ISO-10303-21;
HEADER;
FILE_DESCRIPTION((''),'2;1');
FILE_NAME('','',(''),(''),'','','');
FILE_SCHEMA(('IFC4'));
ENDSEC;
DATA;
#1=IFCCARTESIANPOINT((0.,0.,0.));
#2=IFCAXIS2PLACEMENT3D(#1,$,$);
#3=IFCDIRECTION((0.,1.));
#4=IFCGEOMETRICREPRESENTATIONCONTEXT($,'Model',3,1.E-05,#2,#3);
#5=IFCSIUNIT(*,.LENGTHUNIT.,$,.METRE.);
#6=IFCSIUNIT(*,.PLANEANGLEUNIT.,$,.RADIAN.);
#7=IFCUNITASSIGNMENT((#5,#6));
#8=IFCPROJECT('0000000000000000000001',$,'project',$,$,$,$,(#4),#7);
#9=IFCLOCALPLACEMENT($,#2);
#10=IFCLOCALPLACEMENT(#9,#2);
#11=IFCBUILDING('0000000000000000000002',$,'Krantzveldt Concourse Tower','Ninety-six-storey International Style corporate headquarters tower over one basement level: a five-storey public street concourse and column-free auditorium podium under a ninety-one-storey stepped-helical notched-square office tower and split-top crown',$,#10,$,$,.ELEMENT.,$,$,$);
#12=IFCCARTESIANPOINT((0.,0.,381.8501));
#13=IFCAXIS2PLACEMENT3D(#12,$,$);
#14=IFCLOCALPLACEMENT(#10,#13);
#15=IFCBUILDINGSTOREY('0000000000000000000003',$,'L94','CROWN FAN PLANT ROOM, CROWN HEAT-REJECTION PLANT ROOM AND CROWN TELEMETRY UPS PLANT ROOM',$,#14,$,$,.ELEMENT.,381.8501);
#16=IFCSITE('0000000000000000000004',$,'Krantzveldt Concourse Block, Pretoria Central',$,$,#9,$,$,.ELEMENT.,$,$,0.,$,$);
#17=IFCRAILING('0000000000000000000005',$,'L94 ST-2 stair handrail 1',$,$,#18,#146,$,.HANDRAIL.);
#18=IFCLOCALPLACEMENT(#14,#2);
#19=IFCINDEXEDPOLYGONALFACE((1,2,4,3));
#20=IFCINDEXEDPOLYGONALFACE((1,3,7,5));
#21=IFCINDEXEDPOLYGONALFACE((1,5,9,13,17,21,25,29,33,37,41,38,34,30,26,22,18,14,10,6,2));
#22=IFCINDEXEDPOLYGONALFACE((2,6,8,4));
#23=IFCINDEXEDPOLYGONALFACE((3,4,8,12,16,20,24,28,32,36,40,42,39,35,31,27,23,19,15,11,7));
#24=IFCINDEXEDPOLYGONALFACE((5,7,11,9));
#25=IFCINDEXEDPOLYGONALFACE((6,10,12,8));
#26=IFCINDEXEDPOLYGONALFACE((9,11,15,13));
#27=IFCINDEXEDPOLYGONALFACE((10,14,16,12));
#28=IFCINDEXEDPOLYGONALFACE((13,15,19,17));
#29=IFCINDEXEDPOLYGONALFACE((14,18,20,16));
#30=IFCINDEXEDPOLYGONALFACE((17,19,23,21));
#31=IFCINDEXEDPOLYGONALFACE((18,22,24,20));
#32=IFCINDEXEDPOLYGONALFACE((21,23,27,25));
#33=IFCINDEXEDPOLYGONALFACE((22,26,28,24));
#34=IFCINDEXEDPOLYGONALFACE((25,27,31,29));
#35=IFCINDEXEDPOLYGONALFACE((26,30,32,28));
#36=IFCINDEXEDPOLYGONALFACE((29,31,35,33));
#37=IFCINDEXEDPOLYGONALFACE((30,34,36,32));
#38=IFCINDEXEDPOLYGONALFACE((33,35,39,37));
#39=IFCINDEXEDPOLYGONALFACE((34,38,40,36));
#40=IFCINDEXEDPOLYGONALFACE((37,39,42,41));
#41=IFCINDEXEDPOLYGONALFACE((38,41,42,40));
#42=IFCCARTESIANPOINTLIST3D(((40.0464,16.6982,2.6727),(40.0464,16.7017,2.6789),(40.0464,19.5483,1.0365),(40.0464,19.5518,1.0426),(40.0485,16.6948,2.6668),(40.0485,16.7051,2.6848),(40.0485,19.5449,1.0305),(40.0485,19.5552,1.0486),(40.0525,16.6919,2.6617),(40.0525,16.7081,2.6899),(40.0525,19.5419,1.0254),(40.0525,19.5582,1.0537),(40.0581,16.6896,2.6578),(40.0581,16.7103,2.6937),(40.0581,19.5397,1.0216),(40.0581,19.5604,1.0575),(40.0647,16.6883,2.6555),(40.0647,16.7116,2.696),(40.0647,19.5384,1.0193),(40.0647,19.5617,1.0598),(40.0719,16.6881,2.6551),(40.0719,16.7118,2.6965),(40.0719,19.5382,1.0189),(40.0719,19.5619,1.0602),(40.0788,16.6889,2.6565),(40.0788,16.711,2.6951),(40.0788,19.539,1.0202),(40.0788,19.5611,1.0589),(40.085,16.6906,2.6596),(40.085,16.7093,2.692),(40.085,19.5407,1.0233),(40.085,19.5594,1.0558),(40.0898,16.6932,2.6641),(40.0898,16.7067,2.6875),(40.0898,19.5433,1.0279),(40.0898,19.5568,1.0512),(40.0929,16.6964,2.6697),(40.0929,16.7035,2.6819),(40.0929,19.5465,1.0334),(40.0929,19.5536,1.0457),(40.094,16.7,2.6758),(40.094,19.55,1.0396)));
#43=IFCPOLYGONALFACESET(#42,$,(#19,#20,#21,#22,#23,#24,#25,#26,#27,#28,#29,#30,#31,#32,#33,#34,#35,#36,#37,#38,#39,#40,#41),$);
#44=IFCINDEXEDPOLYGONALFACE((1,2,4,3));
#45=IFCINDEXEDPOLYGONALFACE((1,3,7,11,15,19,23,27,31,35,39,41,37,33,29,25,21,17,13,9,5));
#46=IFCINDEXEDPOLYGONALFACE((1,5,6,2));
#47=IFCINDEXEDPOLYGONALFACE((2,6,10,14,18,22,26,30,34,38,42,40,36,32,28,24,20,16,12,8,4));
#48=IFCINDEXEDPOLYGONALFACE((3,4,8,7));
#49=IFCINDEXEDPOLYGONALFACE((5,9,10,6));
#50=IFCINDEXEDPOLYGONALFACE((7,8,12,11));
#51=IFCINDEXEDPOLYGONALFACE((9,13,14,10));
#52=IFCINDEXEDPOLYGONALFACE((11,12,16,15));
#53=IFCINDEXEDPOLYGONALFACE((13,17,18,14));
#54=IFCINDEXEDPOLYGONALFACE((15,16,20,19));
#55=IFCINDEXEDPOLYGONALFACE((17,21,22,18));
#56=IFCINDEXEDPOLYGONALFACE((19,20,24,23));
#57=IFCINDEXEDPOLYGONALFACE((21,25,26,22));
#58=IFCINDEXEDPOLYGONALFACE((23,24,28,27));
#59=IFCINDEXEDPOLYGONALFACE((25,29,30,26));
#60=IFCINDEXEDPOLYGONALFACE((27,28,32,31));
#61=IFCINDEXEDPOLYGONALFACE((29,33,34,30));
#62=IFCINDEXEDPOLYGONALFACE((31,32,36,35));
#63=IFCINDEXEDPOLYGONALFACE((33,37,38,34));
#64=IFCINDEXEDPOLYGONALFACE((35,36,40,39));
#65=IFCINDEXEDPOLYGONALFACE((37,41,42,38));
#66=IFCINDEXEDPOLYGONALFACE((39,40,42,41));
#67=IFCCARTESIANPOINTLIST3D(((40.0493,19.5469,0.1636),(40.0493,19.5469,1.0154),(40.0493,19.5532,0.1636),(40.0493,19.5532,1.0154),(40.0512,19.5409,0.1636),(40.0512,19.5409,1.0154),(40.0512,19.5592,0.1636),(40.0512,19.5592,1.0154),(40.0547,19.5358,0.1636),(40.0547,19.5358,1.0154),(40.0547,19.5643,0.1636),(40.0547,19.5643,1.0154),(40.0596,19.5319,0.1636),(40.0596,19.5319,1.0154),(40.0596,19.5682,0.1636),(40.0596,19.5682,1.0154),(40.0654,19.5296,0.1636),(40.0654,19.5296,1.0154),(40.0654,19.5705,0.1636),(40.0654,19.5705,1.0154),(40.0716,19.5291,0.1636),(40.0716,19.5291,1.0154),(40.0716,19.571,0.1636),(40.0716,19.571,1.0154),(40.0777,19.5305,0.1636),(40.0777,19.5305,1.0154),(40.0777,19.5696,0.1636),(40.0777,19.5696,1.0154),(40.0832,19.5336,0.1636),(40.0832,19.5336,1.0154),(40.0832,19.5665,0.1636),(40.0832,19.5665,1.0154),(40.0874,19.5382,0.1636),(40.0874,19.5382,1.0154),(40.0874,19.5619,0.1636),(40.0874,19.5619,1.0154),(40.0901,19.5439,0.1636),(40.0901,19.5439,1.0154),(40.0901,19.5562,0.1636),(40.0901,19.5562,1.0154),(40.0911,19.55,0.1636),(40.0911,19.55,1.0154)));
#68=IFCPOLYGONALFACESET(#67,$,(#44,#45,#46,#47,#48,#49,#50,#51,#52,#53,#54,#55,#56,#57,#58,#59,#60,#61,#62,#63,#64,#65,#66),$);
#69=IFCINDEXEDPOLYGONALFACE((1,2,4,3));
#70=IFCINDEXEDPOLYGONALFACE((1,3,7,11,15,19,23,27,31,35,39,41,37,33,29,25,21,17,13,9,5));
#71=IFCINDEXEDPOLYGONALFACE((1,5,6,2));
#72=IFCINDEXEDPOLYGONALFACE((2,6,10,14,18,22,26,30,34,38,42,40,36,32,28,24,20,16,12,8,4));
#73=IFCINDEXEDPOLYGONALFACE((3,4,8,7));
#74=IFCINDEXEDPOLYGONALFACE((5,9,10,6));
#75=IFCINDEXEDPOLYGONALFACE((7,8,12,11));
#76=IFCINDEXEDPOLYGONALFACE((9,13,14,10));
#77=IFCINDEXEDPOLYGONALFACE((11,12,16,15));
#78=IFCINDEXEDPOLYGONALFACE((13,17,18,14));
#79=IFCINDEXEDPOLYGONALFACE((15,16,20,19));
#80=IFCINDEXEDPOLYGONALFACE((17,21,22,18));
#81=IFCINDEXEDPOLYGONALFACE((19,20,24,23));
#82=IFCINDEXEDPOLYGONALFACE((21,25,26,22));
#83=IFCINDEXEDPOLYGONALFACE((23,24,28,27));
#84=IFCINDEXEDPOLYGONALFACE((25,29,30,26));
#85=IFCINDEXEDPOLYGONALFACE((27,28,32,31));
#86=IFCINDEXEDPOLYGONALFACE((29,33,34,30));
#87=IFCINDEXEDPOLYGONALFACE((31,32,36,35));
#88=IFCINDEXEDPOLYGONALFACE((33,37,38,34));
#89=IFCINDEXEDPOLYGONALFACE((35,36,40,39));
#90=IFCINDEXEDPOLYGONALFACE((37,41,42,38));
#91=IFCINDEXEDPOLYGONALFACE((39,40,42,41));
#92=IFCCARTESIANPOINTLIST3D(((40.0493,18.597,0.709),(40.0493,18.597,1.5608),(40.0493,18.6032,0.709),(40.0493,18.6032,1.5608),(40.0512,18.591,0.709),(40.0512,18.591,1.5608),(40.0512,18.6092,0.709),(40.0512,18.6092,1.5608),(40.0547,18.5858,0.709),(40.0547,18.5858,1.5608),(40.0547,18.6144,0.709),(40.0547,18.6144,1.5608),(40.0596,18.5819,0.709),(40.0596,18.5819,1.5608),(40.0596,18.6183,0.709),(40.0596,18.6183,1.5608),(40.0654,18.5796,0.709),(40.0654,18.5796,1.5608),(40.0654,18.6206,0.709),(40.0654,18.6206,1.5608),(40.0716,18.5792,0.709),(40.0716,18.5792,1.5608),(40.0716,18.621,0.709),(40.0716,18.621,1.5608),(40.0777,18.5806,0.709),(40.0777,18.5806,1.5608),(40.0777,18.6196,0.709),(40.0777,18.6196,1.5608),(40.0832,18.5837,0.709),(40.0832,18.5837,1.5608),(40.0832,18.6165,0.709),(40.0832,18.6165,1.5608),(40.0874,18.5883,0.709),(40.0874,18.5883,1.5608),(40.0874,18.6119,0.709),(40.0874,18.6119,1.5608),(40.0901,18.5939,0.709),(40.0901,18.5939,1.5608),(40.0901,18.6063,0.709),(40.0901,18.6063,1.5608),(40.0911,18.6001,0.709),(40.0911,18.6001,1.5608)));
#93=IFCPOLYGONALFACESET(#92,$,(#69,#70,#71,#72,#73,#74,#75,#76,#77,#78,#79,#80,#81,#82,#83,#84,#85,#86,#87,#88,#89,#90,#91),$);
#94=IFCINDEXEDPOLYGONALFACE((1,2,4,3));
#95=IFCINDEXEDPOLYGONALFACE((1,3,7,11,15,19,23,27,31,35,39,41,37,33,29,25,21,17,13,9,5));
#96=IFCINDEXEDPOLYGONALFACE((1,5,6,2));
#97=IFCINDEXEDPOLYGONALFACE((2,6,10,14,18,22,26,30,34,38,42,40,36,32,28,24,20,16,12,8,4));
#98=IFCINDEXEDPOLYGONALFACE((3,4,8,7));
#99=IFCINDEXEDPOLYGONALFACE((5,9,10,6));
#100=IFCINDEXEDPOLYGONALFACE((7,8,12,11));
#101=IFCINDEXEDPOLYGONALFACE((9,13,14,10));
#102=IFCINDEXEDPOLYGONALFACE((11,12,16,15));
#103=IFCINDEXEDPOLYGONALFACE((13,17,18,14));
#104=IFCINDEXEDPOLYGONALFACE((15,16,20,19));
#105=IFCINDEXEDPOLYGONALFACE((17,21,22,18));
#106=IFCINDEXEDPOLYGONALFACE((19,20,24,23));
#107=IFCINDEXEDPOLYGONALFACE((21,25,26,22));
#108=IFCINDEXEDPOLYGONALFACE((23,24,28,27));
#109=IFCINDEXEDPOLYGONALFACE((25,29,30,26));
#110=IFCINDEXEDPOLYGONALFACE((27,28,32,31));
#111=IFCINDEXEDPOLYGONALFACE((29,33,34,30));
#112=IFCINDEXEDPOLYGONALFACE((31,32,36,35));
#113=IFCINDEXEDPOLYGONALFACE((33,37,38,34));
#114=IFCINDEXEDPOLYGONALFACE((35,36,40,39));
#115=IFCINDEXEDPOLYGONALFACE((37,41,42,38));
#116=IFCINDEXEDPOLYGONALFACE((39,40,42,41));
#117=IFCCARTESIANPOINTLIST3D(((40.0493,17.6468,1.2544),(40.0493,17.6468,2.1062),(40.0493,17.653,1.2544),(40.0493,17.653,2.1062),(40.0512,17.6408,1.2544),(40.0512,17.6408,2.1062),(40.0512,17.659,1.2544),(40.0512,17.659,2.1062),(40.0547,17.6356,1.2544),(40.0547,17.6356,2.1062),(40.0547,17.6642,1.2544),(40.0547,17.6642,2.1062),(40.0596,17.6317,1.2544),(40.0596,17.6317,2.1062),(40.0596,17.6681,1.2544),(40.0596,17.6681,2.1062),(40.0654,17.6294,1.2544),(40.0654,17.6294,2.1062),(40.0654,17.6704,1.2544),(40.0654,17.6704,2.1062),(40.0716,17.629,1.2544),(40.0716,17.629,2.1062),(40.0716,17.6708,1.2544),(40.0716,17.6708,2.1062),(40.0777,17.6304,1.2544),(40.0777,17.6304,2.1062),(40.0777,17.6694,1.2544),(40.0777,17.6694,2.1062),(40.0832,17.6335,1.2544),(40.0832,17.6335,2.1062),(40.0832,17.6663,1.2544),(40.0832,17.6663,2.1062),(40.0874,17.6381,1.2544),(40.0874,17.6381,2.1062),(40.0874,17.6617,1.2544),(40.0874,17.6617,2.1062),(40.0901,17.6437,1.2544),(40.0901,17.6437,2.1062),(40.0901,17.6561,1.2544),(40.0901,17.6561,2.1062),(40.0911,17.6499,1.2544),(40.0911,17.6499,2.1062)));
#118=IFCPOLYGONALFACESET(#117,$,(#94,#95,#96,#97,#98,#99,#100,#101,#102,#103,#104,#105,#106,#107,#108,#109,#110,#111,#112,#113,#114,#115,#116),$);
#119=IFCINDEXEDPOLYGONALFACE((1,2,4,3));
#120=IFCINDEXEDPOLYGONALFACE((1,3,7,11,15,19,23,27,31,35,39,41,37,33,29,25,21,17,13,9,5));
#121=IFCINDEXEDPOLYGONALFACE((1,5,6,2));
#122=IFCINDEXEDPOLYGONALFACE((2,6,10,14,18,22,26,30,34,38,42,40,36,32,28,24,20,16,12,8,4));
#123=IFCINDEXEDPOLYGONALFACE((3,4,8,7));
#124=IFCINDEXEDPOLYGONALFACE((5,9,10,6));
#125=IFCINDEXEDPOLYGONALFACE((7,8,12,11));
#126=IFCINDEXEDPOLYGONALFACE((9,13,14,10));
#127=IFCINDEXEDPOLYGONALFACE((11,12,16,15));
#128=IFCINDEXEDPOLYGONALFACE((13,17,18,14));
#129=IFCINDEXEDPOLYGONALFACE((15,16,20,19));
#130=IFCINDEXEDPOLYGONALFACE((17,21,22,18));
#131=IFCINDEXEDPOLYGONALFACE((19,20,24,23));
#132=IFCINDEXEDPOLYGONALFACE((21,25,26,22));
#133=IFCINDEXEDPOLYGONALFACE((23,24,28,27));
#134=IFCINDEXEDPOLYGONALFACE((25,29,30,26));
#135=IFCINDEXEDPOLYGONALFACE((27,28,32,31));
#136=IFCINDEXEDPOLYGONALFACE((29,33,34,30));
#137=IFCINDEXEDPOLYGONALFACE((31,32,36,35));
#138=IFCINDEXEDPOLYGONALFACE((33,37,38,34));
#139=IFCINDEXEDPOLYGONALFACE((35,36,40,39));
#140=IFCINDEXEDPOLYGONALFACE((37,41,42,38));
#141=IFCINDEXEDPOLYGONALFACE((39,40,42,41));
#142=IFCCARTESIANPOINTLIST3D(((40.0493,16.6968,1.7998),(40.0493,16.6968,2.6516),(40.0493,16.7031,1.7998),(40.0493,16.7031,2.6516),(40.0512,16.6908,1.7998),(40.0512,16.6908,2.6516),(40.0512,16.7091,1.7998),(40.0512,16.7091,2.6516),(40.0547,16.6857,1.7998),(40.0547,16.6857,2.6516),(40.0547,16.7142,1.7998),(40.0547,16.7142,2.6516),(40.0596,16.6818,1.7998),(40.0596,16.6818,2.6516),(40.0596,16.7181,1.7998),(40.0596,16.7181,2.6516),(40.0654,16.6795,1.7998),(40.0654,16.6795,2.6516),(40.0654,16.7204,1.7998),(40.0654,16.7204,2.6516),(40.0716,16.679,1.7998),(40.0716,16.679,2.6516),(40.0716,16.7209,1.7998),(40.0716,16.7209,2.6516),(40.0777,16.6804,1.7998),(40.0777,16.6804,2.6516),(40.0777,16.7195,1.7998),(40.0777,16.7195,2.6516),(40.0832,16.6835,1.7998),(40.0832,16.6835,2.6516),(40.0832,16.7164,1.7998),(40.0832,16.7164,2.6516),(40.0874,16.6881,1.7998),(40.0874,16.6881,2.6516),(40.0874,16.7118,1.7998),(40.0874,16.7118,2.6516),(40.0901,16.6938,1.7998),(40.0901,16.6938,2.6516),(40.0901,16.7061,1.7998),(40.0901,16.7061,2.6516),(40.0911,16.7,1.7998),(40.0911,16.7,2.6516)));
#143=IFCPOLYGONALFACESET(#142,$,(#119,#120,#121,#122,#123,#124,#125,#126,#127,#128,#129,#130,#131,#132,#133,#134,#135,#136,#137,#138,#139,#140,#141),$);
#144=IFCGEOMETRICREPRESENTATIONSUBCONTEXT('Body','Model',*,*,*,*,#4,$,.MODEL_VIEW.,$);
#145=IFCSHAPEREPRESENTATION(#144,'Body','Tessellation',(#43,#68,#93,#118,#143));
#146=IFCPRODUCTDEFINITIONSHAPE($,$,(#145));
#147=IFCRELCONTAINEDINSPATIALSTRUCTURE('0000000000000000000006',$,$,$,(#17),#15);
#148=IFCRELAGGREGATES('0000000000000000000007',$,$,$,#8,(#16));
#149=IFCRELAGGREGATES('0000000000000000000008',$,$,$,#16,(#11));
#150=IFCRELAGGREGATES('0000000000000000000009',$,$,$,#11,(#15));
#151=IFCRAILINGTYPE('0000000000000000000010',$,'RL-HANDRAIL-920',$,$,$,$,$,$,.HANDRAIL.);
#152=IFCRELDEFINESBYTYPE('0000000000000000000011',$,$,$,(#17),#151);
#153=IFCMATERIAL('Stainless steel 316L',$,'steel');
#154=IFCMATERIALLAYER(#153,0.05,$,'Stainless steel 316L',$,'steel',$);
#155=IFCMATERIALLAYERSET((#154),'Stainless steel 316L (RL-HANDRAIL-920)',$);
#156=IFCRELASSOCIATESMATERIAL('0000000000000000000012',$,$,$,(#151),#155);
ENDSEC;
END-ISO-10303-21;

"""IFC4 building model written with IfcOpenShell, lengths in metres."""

from ifc_helpers import new_model, si_unit, direction, frame, origin, origin_2d, place, context, subcontext, project, spatial, circle, extrude, material, layer, layer_set, type_object, element, save


model = new_model("IFC4")

# Units and contexts
model_context = context("Model", 3, precision=1e-05, world=origin(), true_north=direction((0.0, 1.0)))
body_context = subcontext(model_context, "Body", "Model", "MODEL_VIEW")
ifc_project = project(units=[si_unit("LENGTHUNIT", "METRE"), si_unit("PLANEANGLEUNIT", "RADIAN")], contexts=[model_context])

# Site, building, storey
site_placement = place(None, origin())
site = spatial("IfcSite", under=ifc_project, at=site_placement, Name="Krantzveldt Concourse Block, Pretoria Central", CompositionType="ELEMENT", RefElevation=0.0)
building_placement = place(site_placement, origin())
building = spatial("IfcBuilding", under=site, at=building_placement, Name="Krantzveldt Concourse Tower", Description="Ninety-six-storey International Style corporate headquarters tower over one basement level: a five-storey public street concourse and column-free auditorium podium under a ninety-one-storey stepped-helical notched-square office tower and split-top crown", CompositionType="ELEMENT")
storey_placement = place(building_placement, frame((0.0, 0.0, 381.8501)))
storey = spatial("IfcBuildingStorey", under=building, at=storey_placement, Name="L94", Description="CROWN FAN PLANT ROOM, CROWN HEAT-REJECTION PLANT ROOM AND CROWN TELEMETRY UPS PLANT ROOM", CompositionType="ELEMENT", Elevation=381.8501)

# Railing
ifc_material_1 = material(Name="Stainless steel 316L", Category="steel")
ifc_layer_1 = layer(ifc_material_1, 0.05, Name="Stainless steel 316L", Category="steel")
ifc_layer_set_1 = layer_set([ifc_layer_1], Name="Stainless steel 316L (RL-HANDRAIL-920)")
railing_type_1 = type_object("IfcRailingType", Name="RL-HANDRAIL-920", PredefinedType="HANDRAIL", material=ifc_layer_set_1)
railing_1_placement = place(storey_placement, frame((40.0701, 19.55, 0.1636)))
element("IfcRailing", 1, at=railing_1_placement, inside=storey, type_object=railing_type_1, Name="L94 ST-2 stair handrail 1", PredefinedType="HANDRAIL", context=body_context, shape_type="SweptSolid", body=[
    extrude(circle(Radius=0.0239, at=origin_2d()), frame((0.0, 0.0, 0.876), z_axis=(0.0, -0.867245, 0.497882), x_axis=(1.0, 0.0, 0.0)), (0.0, 0.0, 1.0), 3.2864),
    extrude(circle(Radius=0.021, at=origin_2d()), origin(), (0.0, 0.0, 1.0), 0.8518),
    extrude(circle(Radius=0.021, at=origin_2d()), frame((0.0, -0.95, 0.5454)), (0.0, 0.0, 1.0), 0.8518),
    extrude(circle(Radius=0.021, at=origin_2d()), frame((0.0, -1.9001, 1.0908)), (0.0, 0.0, 1.0), 0.8518),
    extrude(circle(Radius=0.021, at=origin_2d()), frame((0.0, -2.8501, 1.6362)), (0.0, 0.0, 1.0), 0.8518),
])

save(model, "model.ifc")
